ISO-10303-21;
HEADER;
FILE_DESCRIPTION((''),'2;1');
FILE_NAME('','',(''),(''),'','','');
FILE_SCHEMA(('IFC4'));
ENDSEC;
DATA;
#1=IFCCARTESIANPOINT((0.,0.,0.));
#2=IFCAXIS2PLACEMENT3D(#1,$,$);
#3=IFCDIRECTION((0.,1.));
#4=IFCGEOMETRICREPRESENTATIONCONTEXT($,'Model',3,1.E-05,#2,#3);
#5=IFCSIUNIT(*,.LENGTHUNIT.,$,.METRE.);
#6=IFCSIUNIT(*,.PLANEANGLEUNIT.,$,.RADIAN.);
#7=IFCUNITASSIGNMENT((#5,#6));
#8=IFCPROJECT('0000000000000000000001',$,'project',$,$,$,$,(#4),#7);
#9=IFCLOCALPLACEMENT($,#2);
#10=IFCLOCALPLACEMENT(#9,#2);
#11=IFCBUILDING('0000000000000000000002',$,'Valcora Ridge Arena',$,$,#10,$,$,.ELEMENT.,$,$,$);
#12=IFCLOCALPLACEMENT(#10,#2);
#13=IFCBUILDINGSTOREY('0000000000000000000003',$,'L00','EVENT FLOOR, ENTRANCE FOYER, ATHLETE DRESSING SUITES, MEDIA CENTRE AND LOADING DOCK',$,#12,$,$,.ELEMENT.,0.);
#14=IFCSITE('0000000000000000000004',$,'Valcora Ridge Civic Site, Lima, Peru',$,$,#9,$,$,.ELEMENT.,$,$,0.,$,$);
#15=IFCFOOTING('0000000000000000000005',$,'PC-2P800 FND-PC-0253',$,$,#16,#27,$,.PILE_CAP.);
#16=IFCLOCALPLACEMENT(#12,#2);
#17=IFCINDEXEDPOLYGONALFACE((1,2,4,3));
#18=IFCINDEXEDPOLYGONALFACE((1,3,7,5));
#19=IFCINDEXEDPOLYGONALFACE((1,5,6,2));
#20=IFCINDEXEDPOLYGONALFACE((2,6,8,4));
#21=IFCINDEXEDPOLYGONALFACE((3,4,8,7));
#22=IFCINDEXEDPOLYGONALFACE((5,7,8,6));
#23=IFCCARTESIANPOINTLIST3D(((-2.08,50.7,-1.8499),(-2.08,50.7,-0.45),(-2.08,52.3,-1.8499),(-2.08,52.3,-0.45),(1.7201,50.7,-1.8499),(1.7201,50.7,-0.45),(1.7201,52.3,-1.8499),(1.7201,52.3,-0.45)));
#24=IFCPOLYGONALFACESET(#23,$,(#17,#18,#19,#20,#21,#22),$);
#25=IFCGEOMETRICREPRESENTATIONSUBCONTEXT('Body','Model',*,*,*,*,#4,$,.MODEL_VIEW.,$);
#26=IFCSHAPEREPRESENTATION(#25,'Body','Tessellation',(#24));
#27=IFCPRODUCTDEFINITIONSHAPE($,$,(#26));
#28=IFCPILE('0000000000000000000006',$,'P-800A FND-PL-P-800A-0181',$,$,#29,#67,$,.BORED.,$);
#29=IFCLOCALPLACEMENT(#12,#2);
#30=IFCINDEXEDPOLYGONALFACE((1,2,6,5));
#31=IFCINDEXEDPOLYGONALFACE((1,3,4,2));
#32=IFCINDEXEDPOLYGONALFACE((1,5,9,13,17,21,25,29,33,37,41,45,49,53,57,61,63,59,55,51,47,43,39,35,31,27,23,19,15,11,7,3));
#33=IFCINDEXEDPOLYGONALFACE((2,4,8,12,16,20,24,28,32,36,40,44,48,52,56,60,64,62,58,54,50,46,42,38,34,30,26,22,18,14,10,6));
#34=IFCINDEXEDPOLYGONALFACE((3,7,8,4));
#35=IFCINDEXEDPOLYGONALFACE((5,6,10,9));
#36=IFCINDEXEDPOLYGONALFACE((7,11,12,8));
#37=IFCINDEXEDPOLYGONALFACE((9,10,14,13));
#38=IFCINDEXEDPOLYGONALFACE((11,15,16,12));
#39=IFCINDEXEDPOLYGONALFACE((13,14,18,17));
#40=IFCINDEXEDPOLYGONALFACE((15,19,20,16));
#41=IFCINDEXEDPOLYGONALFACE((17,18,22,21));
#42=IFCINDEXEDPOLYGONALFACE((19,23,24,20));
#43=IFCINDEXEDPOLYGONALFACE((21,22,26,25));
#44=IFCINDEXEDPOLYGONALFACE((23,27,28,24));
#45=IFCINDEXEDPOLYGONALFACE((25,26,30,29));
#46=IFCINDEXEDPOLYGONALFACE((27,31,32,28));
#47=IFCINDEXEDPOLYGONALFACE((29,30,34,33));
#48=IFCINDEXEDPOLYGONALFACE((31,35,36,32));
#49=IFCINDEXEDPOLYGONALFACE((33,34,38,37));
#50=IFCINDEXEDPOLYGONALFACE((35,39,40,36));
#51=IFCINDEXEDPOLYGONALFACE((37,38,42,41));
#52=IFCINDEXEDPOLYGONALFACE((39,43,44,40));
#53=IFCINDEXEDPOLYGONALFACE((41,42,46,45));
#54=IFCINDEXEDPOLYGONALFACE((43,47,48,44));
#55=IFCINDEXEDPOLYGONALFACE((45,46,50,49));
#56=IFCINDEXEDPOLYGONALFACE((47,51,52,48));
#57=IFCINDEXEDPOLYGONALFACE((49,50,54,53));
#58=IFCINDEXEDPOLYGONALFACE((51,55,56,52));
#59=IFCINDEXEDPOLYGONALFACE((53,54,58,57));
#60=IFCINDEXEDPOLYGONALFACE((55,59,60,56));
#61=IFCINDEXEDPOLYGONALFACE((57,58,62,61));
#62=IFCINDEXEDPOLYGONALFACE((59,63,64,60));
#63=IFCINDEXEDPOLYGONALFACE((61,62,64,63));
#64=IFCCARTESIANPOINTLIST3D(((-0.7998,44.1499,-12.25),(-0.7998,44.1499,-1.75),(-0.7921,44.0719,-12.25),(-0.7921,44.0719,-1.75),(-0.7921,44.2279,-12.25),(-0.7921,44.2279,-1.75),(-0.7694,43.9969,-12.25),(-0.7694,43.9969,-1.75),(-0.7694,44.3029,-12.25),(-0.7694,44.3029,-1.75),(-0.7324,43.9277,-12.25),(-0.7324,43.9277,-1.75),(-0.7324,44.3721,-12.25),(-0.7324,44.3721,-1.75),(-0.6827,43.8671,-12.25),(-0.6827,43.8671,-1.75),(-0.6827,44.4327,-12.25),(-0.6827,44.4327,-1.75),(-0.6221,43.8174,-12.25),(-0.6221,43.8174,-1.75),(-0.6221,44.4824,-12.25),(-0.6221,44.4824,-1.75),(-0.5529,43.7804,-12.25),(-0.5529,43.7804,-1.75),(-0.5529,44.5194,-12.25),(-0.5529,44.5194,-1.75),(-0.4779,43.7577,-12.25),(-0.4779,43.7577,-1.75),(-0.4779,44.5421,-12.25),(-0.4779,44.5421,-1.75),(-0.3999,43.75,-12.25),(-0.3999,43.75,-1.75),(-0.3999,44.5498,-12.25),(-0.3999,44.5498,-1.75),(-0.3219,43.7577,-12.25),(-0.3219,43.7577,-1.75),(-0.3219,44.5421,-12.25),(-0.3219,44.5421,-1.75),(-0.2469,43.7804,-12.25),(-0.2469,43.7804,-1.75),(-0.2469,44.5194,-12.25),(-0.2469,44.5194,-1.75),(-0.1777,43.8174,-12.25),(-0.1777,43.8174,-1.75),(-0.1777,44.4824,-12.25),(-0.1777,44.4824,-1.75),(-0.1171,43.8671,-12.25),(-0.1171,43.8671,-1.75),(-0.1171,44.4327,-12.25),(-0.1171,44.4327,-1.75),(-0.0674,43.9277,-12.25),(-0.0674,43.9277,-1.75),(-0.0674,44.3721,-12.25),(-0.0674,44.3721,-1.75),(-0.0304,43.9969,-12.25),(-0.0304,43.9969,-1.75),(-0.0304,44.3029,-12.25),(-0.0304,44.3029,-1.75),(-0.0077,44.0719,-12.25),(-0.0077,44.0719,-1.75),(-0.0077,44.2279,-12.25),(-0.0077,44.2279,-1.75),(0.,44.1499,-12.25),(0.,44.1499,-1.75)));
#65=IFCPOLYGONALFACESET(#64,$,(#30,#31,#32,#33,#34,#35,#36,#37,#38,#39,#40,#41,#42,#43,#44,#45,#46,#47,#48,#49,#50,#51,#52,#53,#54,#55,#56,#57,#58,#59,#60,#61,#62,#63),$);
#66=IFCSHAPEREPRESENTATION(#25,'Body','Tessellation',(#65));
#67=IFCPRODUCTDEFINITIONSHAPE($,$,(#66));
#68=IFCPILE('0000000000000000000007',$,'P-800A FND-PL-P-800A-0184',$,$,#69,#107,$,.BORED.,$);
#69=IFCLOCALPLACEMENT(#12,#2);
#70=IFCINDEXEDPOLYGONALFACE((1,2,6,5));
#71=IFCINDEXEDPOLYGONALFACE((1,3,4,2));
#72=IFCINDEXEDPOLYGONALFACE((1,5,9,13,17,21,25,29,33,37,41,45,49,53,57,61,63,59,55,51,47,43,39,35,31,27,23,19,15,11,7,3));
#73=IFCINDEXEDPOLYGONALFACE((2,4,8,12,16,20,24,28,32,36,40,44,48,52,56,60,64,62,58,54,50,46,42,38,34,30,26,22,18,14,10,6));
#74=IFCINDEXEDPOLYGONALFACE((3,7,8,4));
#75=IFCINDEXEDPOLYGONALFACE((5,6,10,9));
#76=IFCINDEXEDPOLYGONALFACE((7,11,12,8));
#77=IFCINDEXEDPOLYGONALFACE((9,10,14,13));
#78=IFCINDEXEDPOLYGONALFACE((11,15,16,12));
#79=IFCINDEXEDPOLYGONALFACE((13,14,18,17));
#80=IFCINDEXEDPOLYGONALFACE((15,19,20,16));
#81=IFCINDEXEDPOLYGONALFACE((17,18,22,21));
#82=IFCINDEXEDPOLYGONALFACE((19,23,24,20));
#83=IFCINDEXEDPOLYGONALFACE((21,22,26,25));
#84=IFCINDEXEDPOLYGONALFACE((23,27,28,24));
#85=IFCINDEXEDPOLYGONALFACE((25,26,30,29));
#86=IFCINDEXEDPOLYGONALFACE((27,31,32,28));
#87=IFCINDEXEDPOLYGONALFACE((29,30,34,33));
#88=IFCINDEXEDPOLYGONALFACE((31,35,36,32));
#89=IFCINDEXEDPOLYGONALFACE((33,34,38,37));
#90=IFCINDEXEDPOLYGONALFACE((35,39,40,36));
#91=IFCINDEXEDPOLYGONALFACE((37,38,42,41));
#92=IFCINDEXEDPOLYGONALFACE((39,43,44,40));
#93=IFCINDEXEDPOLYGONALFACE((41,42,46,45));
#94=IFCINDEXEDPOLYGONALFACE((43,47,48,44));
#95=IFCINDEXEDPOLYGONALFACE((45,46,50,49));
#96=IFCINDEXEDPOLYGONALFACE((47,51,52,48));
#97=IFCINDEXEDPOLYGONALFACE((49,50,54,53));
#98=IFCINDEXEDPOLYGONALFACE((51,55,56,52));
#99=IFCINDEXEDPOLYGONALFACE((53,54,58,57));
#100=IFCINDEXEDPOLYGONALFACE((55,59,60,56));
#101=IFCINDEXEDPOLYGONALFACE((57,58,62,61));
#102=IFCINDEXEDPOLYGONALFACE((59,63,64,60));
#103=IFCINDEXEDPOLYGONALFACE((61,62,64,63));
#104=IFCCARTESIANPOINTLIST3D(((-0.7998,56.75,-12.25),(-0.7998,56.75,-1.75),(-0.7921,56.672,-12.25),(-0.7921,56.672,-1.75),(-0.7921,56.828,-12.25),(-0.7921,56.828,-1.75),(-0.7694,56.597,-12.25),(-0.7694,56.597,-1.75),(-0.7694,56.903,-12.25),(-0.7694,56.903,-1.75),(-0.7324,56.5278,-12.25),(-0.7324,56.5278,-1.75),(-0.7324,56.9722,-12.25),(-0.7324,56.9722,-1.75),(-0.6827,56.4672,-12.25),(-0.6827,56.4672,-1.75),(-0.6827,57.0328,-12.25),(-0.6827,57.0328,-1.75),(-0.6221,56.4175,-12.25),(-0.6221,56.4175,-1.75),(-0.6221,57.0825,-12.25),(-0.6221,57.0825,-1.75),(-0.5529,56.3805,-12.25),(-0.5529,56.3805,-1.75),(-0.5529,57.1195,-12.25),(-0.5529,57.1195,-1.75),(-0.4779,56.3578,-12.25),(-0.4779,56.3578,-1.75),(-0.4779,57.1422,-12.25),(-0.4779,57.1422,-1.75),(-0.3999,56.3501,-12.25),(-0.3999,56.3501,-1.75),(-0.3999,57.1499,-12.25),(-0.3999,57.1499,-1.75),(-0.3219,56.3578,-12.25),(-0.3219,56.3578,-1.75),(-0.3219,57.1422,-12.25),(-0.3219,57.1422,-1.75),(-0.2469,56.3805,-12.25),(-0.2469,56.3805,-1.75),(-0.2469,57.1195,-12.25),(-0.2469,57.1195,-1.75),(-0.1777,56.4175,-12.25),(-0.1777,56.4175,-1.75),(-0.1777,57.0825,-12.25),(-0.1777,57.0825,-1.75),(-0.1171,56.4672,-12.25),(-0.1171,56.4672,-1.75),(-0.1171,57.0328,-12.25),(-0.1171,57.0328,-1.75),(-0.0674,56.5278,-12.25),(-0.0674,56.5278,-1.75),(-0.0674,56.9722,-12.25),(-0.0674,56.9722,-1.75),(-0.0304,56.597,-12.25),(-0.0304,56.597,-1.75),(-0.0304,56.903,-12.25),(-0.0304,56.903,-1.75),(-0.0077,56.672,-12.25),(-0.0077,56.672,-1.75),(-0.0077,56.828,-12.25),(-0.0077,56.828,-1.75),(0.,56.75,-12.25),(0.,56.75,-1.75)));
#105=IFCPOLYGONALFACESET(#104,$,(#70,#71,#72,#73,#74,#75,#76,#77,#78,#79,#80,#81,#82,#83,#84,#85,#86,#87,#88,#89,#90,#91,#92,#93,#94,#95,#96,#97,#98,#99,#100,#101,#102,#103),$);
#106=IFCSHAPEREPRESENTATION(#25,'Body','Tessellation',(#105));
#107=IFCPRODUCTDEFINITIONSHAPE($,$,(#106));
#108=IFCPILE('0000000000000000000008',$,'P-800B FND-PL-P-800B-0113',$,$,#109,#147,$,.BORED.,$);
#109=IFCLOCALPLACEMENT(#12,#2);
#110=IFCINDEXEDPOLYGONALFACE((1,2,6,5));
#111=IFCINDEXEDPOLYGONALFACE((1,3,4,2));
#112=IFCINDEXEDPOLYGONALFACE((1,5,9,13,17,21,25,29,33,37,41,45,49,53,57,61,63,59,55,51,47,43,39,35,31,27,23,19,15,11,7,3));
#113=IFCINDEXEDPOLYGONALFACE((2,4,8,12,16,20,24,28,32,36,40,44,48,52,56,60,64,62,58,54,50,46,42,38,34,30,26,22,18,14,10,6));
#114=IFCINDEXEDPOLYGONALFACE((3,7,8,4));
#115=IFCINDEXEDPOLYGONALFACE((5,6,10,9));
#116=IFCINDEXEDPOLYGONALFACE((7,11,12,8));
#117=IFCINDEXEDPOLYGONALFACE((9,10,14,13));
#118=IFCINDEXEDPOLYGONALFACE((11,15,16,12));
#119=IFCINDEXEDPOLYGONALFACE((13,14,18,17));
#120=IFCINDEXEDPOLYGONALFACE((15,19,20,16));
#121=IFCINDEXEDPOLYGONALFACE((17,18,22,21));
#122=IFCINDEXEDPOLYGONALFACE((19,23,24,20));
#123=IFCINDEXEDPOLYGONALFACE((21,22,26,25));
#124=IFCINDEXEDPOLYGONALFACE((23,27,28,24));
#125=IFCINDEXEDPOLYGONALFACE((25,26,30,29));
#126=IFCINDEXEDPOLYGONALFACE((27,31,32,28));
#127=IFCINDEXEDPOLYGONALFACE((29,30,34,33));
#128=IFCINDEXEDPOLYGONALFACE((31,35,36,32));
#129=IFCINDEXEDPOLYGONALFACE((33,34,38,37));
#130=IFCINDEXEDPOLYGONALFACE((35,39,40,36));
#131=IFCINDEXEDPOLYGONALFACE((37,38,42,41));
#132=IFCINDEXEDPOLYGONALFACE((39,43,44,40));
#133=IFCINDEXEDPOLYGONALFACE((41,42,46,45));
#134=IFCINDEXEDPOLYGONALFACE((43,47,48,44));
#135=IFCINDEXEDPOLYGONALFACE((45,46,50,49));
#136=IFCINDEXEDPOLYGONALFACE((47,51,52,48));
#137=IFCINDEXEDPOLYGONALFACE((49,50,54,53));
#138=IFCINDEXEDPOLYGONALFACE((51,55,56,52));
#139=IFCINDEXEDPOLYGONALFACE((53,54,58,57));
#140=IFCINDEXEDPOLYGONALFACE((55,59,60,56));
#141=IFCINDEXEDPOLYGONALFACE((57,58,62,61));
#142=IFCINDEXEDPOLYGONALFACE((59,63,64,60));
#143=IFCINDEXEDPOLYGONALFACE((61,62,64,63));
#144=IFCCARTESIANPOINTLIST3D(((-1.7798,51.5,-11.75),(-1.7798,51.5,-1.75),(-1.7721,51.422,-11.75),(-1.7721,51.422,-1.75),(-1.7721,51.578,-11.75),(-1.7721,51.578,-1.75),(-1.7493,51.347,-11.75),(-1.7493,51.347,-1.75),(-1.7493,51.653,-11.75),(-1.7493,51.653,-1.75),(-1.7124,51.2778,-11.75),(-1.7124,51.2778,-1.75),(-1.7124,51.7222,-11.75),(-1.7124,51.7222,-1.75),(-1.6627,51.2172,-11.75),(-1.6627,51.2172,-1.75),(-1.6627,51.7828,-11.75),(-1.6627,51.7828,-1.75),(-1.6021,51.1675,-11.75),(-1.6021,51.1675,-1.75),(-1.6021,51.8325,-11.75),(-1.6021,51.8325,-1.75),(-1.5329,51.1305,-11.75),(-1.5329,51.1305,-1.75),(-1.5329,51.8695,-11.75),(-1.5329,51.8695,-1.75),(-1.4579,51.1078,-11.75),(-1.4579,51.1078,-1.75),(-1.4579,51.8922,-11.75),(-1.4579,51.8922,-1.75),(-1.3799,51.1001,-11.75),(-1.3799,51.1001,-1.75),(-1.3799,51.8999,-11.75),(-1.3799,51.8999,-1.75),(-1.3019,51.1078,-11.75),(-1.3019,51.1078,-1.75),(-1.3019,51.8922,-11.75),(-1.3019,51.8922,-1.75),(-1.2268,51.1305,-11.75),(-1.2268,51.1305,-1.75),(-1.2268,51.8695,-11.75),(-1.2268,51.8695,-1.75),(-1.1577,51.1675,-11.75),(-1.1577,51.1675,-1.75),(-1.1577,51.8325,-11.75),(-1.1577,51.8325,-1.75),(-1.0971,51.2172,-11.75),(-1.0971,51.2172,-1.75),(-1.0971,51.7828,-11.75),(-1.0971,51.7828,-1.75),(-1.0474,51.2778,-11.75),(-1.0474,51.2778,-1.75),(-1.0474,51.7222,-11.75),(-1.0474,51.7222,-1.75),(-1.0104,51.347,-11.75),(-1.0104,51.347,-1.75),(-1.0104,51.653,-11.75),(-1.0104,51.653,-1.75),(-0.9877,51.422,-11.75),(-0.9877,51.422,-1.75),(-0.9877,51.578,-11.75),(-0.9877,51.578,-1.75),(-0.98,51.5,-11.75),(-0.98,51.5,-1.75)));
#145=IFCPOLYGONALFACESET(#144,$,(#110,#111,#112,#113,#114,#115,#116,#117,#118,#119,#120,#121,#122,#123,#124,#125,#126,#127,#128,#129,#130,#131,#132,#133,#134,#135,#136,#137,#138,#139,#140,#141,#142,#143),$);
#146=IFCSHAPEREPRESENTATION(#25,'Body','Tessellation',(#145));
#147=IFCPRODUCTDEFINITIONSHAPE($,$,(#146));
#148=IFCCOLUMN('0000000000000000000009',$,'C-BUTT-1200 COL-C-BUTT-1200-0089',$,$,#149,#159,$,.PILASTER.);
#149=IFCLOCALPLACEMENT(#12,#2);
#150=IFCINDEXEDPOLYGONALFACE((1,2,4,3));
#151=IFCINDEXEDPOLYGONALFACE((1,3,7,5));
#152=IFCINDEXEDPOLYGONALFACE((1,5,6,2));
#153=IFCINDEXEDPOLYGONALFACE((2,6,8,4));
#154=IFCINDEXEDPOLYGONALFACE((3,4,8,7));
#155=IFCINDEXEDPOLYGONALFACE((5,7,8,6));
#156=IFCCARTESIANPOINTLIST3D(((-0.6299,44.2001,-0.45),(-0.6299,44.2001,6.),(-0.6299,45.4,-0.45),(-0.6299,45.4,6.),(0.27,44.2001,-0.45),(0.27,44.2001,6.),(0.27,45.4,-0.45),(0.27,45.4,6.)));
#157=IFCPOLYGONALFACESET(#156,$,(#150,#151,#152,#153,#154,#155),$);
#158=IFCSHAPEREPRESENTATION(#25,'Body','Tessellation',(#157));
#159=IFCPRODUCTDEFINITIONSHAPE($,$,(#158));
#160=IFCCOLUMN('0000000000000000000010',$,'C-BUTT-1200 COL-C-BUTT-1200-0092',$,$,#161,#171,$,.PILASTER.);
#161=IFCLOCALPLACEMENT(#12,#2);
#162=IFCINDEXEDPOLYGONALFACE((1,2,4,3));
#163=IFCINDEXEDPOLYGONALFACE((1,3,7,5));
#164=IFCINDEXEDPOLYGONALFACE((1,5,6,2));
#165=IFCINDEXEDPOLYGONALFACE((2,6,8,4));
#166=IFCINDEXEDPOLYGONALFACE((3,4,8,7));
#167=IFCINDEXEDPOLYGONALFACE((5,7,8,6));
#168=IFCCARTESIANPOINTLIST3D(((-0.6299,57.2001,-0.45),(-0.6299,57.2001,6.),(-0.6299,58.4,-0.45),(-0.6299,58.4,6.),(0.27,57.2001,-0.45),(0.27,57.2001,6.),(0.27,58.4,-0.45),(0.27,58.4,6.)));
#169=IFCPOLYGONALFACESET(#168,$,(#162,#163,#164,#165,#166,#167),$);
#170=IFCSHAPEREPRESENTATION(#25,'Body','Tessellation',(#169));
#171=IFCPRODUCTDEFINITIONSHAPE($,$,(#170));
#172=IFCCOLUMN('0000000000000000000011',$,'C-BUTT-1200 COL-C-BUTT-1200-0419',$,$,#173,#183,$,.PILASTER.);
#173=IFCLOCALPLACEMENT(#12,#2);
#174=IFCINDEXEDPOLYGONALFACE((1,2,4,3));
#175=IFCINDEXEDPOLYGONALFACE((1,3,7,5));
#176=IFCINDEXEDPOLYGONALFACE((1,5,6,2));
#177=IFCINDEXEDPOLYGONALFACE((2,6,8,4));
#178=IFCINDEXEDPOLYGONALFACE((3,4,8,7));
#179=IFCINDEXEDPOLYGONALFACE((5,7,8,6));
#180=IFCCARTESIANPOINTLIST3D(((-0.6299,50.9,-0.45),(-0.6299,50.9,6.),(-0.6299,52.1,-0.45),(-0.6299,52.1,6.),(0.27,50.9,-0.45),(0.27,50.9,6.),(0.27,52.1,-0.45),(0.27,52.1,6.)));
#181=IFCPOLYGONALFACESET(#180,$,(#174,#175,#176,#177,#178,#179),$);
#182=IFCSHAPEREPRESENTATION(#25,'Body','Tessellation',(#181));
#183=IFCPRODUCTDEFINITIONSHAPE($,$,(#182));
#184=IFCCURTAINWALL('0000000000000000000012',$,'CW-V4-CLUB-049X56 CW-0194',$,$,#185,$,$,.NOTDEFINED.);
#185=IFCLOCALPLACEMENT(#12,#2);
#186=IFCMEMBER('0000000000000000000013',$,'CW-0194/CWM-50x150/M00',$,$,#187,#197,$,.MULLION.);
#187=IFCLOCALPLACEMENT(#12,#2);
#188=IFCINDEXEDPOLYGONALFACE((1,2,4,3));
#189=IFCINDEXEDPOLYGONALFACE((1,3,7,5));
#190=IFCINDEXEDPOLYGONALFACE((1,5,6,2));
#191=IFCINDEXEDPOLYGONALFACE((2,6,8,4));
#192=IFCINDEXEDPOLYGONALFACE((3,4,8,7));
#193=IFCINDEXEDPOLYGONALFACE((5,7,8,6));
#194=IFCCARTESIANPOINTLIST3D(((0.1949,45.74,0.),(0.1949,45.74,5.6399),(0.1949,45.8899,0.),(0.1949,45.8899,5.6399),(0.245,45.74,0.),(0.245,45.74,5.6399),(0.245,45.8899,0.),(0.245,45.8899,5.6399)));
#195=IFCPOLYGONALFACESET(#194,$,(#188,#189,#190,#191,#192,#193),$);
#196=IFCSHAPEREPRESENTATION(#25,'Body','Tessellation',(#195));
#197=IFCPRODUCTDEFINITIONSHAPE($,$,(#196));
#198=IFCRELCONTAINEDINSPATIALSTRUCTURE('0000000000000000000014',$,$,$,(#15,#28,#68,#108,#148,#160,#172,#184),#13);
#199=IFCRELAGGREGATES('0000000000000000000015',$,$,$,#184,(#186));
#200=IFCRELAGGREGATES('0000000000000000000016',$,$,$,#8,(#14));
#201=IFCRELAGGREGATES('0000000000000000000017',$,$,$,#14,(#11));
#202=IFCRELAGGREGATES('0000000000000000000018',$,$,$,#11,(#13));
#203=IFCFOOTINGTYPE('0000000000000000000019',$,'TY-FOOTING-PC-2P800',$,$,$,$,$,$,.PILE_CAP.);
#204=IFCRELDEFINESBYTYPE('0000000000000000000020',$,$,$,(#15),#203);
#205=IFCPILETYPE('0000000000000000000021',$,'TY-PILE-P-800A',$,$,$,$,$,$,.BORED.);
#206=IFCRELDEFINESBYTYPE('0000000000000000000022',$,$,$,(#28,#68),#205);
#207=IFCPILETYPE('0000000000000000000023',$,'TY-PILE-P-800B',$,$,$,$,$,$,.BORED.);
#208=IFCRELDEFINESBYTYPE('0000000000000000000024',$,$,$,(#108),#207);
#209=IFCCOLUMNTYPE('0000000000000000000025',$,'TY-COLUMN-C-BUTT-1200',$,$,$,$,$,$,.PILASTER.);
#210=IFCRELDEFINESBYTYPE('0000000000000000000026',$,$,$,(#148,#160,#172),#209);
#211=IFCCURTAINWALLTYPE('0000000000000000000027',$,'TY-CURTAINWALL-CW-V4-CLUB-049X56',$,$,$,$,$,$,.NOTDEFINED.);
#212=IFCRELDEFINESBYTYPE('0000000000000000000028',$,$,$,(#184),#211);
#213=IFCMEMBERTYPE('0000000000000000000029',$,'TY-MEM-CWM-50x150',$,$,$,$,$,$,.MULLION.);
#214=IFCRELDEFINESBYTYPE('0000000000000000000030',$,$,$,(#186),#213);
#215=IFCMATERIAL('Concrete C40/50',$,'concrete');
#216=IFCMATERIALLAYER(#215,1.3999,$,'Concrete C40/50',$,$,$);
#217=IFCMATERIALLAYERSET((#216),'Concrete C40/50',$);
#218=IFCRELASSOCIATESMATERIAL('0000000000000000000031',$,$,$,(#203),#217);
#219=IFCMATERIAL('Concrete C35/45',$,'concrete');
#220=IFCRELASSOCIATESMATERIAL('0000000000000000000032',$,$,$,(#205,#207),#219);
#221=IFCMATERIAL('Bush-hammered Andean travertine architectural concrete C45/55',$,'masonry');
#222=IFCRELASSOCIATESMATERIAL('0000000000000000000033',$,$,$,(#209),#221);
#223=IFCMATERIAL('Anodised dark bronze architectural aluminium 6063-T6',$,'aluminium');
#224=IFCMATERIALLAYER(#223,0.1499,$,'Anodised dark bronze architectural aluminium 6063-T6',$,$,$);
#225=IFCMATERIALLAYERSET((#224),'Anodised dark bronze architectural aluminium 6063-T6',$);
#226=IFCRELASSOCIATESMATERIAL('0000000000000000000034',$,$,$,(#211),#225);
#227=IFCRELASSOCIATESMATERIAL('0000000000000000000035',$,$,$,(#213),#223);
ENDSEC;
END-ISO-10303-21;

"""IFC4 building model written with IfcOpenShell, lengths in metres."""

from ifc_helpers import new_model, si_unit, direction, frame, origin, origin_2d, place, context, subcontext, project, spatial, rectangle, circle, extrude, material, layer, layer_set, material_profile, profile_set, type_object, element, aggregate, save


model = new_model("IFC4")

# Units and contexts
model_context = context("Model", 3, precision=1e-05, world=origin(), true_north=direction((0.0, 1.0)))
body_context = subcontext(model_context, "Body", "Model", "MODEL_VIEW")
ifc_project = project(units=[si_unit("LENGTHUNIT", "METRE"), si_unit("PLANEANGLEUNIT", "RADIAN")], contexts=[model_context])

# Site, building, storey
site_placement = place(None, origin())
site = spatial("IfcSite", under=ifc_project, at=site_placement, Name="Valcora Ridge Civic Site, Lima, Peru", CompositionType="ELEMENT", RefElevation=0.0)
building_placement = place(site_placement, origin())
building = spatial("IfcBuilding", under=site, at=building_placement, Name="Valcora Ridge Arena", CompositionType="ELEMENT")
storey_placement = place(building_placement, origin())
storey = spatial("IfcBuildingStorey", under=building, at=storey_placement, Name="L00", Description="EVENT FLOOR, ENTRANCE FOYER, ATHLETE DRESSING SUITES, MEDIA CENTRE AND LOADING DOCK", CompositionType="ELEMENT", Elevation=0.0)

# Footing
ifc_material_1 = material(Name="Concrete C40/50", Category="concrete")
ifc_layer_1 = layer(ifc_material_1, 1.3999, Name="Concrete C40/50")
ifc_layer_set_1 = layer_set([ifc_layer_1], Name="Concrete C40/50")
footing_type = type_object("IfcFootingType", Name="TY-FOOTING-PC-2P800", PredefinedType="PILE_CAP", material=ifc_layer_set_1)
footing_placement = place(storey_placement, frame((-0.1799, 51.5, -1.8499), z_axis=(0.0, 0.0, 1.0), x_axis=(1.0, 0.0, 0.0)))
element("IfcFooting", 1, at=footing_placement, inside=storey, type_object=footing_type, Name="PC-2P800 FND-PC-0253", PredefinedType="PILE_CAP", context=body_context, shape_type="SweptSolid", body=[
    extrude(rectangle(XDim=3.8, YDim=1.6001, at=origin_2d()), origin(), (0.0, 0.0, 1.0), 1.3999),
])

# Piles
ifc_material_2 = material(Name="Concrete C35/45", Category="concrete")
ifc_material_profile_1 = material_profile(ifc_material_2, circle(Radius=0.3999, at=origin_2d()), Name="BORED PILE D800")
ifc_profile_set_1 = profile_set([ifc_material_profile_1], Name="Concrete C35/45")
pile_type_1 = type_object("IfcPileType", Name="TY-PILE-P-800A", PredefinedType="BORED", material=ifc_profile_set_1)
for number, where, z_axis, x_axis, name in (
    (2, (-0.3999, 44.1499, -1.75), (0.0, 0.0, -1.0), (1.0, 0.0, 0.0), "P-800A FND-PL-P-800A-0181"),
    (3, (-0.3999, 56.75, -1.75), (0.0, 0.0, -1.0), (1.0, 0.0, 0.0), "P-800A FND-PL-P-800A-0184"),
):
    element("IfcPile", number, at=place(storey_placement, frame(where, z_axis=z_axis, x_axis=x_axis)), inside=storey, type_object=pile_type_1, Name=name, PredefinedType="BORED", context=body_context, shape_type="SweptSolid", body=[
        extrude(circle(Radius=0.3999, at=origin_2d()), origin(), (0.0, 0.0, 1.0), 10.5),
    ])
ifc_material_profile_2 = material_profile(ifc_material_2, circle(Radius=0.3999, at=origin_2d()), Name="BORED PILE D800")
ifc_profile_set_2 = profile_set([ifc_material_profile_2], Name="Concrete C35/45")
pile_type_2 = type_object("IfcPileType", Name="TY-PILE-P-800B", PredefinedType="BORED", material=ifc_profile_set_2)
pile_placement = place(storey_placement, frame((-1.3799, 51.5, -1.75), z_axis=(0.0, 0.0, -1.0), x_axis=(1.0, 0.0, 0.0)))
element("IfcPile", 4, at=pile_placement, inside=storey, type_object=pile_type_2, Name="P-800B FND-PL-P-800B-0113", PredefinedType="BORED", context=body_context, shape_type="SweptSolid", body=[
    extrude(circle(Radius=0.3999, at=origin_2d()), origin(), (0.0, 0.0, 1.0), 10.0),
])

# Columns
ifc_material_3 = material(Name="Bush-hammered Andean travertine architectural concrete C45/55", Category="masonry")
ifc_material_profile_3 = material_profile(ifc_material_3, rectangle(XDim=0.8999, YDim=1.2, at=origin_2d()), Name="RC 900x1200")
ifc_profile_set_3 = profile_set([ifc_material_profile_3], Name="Bush-hammered Andean travertine architectural concrete C45/55")
column_type = type_object("IfcColumnType", Name="TY-COLUMN-C-BUTT-1200", PredefinedType="PILASTER", material=ifc_profile_set_3)
for number, where, z_axis, x_axis, name in (
    (5, (-0.1799, 44.8, -0.45), (0.0, 0.0, 1.0), (1.0, 0.0, 0.0), "C-BUTT-1200 COL-C-BUTT-1200-0089"),
    (6, (-0.1799, 57.8, -0.45), (0.0, 0.0, 1.0), (1.0, 0.0, 0.0), "C-BUTT-1200 COL-C-BUTT-1200-0092"),
    (7, (-0.1799, 51.5, -0.45), (0.0, 0.0, 1.0), (1.0, 0.0, 0.0), "C-BUTT-1200 COL-C-BUTT-1200-0419"),
):
    element("IfcColumn", number, at=place(storey_placement, frame(where, z_axis=z_axis, x_axis=x_axis)), inside=storey, type_object=column_type, Name=name, PredefinedType="PILASTER", context=body_context, shape_type="SweptSolid", body=[
        extrude(rectangle(XDim=0.8999, YDim=1.2, at=origin_2d()), origin(), (0.0, 0.0, 1.0), 6.45),
    ])

# Curtain wall, member
ifc_material_4 = material(Name="Anodised dark bronze architectural aluminium 6063-T6", Category="aluminium")
ifc_layer_2 = layer(ifc_material_4, 0.1499, Name="Anodised dark bronze architectural aluminium 6063-T6")
ifc_layer_set_2 = layer_set([ifc_layer_2], Name="Anodised dark bronze architectural aluminium 6063-T6")
curtain_wall_type_1 = type_object("IfcCurtainWallType", Name="TY-CURTAINWALL-CW-V4-CLUB-049X56", PredefinedType="NOTDEFINED", material=ifc_layer_set_2)
curtain_wall_1_placement = place(storey_placement, origin())
curtain_wall_1 = element("IfcCurtainWall", 8, at=curtain_wall_1_placement, inside=storey, type_object=curtain_wall_type_1, Name="CW-V4-CLUB-049X56 CW-0194", PredefinedType="NOTDEFINED")
ifc_material_profile_4 = material_profile(ifc_material_4, rectangle(XDim=0.05, YDim=0.1499, at=origin_2d()), Name="ALU MULLION 50x150")
ifc_profile_set_4 = profile_set([ifc_material_profile_4], Name="Anodised dark bronze architectural aluminium 6063-T6")
member_type_1 = type_object("IfcMemberType", Name="TY-MEM-CWM-50x150", PredefinedType="MULLION", material=ifc_profile_set_4)
member_1_placement = place(storey_placement, frame((0.22, 45.8149, 0.0), z_axis=(0.0, 0.0, 1.0), x_axis=(-1.0, 0.0, 0.0)))
member_1 = element("IfcMember", 9, at=member_1_placement, type_object=member_type_1, Name="CW-0194/CWM-50x150/M00", PredefinedType="MULLION", context=body_context, shape_type="SweptSolid", body=[
    extrude(rectangle(XDim=0.05, YDim=0.1499, at=origin_2d()), origin(), (0.0, 0.0, 1.0), 5.6399),
])

aggregate(curtain_wall_1, [member_1])

save(model, "model.ifc")
